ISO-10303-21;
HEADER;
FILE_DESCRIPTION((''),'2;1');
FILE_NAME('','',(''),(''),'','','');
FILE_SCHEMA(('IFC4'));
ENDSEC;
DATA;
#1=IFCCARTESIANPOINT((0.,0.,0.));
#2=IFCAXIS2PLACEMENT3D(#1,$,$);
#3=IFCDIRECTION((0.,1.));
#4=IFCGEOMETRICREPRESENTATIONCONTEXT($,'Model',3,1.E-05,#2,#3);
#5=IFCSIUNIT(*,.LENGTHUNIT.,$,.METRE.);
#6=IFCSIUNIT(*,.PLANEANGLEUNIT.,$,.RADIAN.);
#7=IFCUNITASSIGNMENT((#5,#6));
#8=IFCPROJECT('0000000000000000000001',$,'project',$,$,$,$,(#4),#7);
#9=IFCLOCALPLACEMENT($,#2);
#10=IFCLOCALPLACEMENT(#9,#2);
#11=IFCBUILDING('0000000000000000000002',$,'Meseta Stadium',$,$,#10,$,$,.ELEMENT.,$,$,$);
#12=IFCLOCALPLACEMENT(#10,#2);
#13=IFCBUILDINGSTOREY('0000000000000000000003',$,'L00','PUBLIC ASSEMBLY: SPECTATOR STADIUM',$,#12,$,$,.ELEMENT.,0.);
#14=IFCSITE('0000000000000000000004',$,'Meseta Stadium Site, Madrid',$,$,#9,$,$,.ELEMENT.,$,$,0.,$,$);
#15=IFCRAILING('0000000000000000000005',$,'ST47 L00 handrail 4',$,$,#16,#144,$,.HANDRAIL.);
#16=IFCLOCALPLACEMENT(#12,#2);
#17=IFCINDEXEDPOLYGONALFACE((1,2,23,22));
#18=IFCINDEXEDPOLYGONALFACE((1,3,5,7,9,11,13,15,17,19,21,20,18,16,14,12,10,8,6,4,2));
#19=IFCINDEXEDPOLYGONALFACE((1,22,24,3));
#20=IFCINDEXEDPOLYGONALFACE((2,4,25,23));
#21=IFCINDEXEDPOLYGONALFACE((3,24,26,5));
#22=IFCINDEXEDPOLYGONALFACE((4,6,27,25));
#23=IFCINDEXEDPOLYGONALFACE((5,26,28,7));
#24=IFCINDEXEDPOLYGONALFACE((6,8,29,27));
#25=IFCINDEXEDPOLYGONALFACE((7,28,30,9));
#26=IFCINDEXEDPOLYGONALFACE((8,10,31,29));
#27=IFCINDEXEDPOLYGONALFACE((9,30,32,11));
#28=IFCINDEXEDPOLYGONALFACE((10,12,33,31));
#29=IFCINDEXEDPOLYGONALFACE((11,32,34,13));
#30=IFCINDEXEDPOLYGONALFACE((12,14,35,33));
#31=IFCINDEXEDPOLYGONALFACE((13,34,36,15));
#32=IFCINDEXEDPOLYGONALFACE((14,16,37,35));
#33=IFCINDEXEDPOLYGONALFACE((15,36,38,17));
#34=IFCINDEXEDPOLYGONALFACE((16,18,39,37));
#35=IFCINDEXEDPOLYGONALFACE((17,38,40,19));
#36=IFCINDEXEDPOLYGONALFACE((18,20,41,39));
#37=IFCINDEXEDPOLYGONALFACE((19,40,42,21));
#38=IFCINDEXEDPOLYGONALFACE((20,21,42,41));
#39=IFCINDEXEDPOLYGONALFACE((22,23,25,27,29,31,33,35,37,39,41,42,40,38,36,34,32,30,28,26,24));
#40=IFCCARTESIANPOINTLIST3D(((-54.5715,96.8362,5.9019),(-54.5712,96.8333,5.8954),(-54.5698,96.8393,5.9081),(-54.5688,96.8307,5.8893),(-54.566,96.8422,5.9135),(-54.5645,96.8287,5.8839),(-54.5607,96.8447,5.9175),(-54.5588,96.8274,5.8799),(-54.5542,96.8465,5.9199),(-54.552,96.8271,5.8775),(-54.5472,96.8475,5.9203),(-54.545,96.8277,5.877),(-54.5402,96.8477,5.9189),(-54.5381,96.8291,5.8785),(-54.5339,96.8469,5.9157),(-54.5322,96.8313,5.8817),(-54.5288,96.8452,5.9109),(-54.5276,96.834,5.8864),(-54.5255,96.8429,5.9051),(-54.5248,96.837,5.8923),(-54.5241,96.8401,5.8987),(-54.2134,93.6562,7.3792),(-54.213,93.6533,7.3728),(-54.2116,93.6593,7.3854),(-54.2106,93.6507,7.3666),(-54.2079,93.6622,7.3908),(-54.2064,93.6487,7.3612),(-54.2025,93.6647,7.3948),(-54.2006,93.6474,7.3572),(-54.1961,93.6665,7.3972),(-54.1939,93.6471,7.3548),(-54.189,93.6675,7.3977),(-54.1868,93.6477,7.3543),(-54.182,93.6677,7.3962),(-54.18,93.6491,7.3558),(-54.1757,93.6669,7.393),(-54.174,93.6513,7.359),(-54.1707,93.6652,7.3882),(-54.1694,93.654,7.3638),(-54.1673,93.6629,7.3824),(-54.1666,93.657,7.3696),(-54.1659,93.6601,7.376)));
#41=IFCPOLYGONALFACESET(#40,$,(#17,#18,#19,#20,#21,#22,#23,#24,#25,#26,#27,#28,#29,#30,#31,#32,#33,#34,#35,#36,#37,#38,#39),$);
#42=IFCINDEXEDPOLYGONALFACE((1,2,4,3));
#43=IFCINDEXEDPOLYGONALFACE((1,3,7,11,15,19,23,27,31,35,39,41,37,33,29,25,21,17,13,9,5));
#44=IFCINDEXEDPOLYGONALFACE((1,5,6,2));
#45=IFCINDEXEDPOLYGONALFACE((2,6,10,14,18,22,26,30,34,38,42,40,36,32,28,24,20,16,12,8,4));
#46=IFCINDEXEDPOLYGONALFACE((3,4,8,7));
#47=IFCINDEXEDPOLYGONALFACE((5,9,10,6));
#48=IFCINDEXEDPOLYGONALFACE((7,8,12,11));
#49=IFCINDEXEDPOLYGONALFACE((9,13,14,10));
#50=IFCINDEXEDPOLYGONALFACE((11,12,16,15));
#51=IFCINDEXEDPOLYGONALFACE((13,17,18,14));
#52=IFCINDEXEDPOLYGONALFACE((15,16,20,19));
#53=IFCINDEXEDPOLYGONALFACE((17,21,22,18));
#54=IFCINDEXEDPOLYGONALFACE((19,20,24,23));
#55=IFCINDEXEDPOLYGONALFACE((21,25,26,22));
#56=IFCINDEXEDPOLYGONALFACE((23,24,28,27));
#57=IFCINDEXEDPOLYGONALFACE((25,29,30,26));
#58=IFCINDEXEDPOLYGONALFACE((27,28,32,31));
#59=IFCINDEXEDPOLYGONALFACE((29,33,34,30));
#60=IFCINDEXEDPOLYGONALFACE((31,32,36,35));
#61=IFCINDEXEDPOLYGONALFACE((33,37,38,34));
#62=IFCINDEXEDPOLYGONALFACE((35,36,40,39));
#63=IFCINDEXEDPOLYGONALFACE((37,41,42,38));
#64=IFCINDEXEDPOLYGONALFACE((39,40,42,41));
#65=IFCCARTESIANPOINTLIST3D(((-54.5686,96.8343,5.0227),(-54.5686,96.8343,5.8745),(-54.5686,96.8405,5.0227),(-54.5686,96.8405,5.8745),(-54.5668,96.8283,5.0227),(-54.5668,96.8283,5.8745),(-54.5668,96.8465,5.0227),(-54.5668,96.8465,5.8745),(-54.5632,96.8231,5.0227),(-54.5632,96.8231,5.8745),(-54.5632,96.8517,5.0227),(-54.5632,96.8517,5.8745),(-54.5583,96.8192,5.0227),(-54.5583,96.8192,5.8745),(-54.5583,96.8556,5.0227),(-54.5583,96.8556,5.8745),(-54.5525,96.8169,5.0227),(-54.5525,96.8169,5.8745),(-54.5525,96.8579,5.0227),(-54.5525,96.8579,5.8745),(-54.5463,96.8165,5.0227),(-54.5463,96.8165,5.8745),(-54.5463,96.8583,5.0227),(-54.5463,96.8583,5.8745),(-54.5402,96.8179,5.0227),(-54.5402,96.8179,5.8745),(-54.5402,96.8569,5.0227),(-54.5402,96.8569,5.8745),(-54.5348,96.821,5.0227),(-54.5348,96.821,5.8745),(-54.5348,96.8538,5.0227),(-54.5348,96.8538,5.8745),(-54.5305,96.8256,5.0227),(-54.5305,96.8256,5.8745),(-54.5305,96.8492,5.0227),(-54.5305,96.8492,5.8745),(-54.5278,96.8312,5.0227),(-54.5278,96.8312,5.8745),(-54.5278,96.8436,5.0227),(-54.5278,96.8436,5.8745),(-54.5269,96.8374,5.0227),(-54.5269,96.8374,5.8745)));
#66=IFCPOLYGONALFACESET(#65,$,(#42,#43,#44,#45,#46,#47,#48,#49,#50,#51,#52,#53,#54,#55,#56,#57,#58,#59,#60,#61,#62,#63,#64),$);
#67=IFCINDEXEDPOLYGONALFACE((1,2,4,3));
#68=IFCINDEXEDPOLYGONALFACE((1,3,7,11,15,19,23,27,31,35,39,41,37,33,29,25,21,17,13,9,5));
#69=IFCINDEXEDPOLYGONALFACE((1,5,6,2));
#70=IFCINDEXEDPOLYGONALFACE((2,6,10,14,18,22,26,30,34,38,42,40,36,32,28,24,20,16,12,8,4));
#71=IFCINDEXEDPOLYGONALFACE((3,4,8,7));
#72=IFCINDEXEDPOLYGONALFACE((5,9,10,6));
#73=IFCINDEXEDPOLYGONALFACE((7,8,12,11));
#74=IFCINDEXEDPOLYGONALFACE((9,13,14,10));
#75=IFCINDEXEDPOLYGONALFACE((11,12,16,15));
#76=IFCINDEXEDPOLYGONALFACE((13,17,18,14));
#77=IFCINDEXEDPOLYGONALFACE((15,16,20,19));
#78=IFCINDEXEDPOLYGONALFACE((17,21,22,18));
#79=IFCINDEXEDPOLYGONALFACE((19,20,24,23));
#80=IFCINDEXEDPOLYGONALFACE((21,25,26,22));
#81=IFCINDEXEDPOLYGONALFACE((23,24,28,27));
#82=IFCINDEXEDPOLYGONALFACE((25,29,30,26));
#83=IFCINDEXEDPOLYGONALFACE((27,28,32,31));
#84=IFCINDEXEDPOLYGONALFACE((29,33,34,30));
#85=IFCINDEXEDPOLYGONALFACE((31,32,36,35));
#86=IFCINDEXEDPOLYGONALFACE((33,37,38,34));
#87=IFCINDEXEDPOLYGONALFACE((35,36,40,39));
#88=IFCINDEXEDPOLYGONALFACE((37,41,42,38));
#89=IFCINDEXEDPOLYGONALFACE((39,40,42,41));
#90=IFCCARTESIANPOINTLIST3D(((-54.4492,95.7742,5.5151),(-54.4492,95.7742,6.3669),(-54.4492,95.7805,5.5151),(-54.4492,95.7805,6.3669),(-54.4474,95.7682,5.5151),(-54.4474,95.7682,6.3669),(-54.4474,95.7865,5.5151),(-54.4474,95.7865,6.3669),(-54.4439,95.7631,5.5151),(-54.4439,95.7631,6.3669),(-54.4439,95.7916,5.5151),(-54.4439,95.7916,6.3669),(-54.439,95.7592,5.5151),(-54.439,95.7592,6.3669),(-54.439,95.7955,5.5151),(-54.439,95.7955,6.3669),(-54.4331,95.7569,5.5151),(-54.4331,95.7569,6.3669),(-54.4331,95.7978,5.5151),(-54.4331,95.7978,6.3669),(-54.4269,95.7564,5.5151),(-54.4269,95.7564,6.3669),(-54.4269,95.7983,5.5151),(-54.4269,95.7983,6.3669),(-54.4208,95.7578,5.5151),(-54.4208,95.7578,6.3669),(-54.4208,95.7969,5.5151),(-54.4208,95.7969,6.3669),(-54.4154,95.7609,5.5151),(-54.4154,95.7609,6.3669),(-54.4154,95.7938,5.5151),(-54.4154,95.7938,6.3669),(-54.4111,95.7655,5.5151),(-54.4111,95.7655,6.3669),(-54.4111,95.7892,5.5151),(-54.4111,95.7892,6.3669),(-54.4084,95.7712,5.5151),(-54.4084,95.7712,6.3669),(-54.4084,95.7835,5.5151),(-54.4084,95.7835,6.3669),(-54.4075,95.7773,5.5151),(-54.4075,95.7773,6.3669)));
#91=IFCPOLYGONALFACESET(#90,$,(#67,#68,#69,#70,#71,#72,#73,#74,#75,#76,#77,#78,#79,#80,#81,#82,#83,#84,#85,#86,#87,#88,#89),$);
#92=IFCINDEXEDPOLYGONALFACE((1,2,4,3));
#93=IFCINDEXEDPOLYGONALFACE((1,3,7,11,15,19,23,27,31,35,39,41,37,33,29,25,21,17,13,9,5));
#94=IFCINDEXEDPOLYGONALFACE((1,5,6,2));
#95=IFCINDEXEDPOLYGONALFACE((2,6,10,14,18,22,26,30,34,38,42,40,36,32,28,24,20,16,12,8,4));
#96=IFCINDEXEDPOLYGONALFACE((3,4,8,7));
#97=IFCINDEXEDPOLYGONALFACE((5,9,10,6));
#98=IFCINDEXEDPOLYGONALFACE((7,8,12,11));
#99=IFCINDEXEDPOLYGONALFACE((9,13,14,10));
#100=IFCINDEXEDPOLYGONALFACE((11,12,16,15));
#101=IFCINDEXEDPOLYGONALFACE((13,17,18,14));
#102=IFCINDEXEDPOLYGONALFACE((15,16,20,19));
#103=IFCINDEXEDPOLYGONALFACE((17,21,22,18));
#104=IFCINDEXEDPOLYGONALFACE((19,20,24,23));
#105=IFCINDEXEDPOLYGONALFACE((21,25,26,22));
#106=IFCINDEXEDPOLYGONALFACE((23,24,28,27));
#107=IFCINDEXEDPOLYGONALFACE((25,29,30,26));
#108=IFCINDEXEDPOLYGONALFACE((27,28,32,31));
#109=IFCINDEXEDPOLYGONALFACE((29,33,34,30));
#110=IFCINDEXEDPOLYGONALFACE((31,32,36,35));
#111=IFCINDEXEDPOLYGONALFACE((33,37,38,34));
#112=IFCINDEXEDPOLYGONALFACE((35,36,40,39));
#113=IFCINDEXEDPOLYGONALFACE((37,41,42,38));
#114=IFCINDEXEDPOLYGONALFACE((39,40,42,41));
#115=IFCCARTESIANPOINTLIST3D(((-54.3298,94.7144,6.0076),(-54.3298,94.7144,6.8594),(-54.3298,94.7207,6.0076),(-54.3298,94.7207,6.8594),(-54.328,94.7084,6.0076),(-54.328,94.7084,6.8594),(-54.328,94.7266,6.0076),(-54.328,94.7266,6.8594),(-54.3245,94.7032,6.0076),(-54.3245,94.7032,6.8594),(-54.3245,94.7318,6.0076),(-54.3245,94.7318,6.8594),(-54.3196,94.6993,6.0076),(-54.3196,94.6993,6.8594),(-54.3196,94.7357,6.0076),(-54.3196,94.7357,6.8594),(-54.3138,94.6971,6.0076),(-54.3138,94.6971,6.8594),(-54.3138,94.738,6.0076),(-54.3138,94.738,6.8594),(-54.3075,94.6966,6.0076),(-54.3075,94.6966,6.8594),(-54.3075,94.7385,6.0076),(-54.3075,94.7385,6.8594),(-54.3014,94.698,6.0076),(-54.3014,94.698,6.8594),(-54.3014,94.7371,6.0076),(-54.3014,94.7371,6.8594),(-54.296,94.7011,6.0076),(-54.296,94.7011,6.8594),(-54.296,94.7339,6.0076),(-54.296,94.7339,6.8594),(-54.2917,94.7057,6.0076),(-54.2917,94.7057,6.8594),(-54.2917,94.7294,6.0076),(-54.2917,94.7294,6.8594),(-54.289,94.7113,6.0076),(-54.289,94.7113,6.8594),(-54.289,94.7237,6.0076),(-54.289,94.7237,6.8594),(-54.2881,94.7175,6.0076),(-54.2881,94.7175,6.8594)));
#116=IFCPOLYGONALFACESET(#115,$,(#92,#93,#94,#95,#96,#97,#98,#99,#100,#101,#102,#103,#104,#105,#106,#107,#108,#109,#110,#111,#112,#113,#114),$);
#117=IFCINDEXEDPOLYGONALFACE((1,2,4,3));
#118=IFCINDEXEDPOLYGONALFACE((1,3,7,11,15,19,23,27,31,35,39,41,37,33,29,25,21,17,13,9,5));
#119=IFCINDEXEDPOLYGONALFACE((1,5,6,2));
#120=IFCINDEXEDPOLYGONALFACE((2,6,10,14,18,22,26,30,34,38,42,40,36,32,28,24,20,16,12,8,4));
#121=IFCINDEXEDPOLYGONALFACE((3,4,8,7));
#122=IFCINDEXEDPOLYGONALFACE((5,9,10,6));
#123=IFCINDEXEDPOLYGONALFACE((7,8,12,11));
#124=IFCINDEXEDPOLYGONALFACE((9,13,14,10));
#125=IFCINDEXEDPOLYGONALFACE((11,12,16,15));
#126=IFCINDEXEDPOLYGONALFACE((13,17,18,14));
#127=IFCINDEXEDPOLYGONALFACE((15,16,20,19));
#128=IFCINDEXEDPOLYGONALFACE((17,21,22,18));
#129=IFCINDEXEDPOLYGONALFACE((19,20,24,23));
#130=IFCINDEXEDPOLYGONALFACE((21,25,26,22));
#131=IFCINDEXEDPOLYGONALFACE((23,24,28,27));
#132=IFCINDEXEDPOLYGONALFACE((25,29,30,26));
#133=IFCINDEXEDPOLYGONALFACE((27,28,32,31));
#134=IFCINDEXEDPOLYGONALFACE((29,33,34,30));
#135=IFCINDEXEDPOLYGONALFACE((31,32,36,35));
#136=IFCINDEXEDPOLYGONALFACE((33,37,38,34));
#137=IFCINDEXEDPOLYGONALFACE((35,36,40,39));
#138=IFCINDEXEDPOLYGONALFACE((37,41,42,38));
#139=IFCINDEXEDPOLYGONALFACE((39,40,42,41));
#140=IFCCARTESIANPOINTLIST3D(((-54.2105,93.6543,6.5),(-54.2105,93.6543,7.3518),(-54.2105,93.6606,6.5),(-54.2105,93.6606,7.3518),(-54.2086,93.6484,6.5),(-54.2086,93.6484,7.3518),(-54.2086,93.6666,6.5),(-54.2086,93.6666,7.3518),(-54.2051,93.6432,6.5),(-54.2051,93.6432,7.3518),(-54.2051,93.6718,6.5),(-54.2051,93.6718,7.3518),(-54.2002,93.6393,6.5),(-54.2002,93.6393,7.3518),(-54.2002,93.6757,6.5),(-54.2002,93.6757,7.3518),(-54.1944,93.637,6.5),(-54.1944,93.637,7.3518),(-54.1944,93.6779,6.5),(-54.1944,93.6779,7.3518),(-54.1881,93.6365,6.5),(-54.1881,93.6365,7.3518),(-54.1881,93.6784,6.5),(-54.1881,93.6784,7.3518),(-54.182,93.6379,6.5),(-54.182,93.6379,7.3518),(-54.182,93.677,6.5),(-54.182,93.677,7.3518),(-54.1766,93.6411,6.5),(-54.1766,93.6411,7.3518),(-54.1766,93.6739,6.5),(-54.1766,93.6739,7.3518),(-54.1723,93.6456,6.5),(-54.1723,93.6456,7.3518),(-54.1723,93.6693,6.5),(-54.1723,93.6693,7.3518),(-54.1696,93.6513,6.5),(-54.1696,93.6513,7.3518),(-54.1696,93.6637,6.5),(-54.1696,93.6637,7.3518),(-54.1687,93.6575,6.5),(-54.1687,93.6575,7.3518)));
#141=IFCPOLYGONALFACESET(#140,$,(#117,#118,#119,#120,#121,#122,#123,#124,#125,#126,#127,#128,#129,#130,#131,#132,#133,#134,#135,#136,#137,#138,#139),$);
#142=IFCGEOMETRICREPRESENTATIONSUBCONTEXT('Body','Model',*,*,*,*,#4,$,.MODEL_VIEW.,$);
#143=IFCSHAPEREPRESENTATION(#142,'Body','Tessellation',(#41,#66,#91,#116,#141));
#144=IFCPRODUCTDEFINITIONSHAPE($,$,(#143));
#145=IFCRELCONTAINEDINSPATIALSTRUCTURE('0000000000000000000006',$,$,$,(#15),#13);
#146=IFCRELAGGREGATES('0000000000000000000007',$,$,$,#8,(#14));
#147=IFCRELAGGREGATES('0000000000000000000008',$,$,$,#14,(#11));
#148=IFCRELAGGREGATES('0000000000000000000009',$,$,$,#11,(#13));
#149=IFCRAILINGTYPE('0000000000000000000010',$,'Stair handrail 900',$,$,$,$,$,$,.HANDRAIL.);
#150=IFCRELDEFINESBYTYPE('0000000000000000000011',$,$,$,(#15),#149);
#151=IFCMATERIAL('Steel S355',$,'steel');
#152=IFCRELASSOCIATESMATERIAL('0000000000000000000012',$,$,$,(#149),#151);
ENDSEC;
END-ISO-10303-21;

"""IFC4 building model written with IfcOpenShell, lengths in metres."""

from ifc_helpers import new_model, si_unit, direction, frame, origin, origin_2d, place, context, subcontext, project, spatial, circle, extrude, material, type_object, element, save


model = new_model("IFC4")

# Units and contexts
model_context = context("Model", 3, precision=1e-05, world=origin(), true_north=direction((0.0, 1.0)))
body_context = subcontext(model_context, "Body", "Model", "MODEL_VIEW")
ifc_project = project(units=[si_unit("LENGTHUNIT", "METRE"), si_unit("PLANEANGLEUNIT", "RADIAN")], contexts=[model_context])

# Site, building, storey
site_placement = place(None, origin())
site = spatial("IfcSite", under=ifc_project, at=site_placement, Name="Meseta Stadium Site, Madrid", CompositionType="ELEMENT", RefElevation=0.0)
building_placement = place(site_placement, origin())
building = spatial("IfcBuilding", under=site, at=building_placement, Name="Meseta Stadium", CompositionType="ELEMENT")
storey_placement = place(building_placement, origin())
storey = spatial("IfcBuildingStorey", under=building, at=storey_placement, Name="L00", Description="PUBLIC ASSEMBLY: SPECTATOR STADIUM", CompositionType="ELEMENT", Elevation=0.0)

# Railing
ifc_material_1 = material(Name="Steel S355", Category="steel")
railing_type_1 = type_object("IfcRailingType", Name="Stair handrail 900", PredefinedType="HANDRAIL", material=ifc_material_1)
for number, where, name in (
    (1, (-54.5479, 96.8374, 5.0227), "ST47 L00 handrail 4"),
):
    element("IfcRailing", number, at=place(storey_placement, frame(where)), inside=storey, type_object=railing_type_1, Name=name, PredefinedType="HANDRAIL", context=body_context, shape_type="SweptSolid", body=[
        extrude(circle(Radius=0.0239, at=origin_2d()), frame((0.0, 0.0, 0.876), z_axis=(0.101616, -0.902217, 0.419141), x_axis=(0.993717, 0.111922, 0.0)), (0.0, 0.0, 1.0), 3.5247),
        extrude(circle(Radius=0.021, at=origin_2d()), origin(), (0.0, 0.0, 1.0), 0.8518),
        extrude(circle(Radius=0.021, at=origin_2d()), frame((0.1194, -1.0601, 0.4924)), (0.0, 0.0, 1.0), 0.8518),
        extrude(circle(Radius=0.021, at=origin_2d()), frame((0.2388, -2.1199, 0.9849)), (0.0, 0.0, 1.0), 0.8518),
        extrude(circle(Radius=0.021, at=origin_2d()), frame((0.3582, -3.1799, 1.4773)), (0.0, 0.0, 1.0), 0.8518),
    ])

save(model, "model.ifc")
